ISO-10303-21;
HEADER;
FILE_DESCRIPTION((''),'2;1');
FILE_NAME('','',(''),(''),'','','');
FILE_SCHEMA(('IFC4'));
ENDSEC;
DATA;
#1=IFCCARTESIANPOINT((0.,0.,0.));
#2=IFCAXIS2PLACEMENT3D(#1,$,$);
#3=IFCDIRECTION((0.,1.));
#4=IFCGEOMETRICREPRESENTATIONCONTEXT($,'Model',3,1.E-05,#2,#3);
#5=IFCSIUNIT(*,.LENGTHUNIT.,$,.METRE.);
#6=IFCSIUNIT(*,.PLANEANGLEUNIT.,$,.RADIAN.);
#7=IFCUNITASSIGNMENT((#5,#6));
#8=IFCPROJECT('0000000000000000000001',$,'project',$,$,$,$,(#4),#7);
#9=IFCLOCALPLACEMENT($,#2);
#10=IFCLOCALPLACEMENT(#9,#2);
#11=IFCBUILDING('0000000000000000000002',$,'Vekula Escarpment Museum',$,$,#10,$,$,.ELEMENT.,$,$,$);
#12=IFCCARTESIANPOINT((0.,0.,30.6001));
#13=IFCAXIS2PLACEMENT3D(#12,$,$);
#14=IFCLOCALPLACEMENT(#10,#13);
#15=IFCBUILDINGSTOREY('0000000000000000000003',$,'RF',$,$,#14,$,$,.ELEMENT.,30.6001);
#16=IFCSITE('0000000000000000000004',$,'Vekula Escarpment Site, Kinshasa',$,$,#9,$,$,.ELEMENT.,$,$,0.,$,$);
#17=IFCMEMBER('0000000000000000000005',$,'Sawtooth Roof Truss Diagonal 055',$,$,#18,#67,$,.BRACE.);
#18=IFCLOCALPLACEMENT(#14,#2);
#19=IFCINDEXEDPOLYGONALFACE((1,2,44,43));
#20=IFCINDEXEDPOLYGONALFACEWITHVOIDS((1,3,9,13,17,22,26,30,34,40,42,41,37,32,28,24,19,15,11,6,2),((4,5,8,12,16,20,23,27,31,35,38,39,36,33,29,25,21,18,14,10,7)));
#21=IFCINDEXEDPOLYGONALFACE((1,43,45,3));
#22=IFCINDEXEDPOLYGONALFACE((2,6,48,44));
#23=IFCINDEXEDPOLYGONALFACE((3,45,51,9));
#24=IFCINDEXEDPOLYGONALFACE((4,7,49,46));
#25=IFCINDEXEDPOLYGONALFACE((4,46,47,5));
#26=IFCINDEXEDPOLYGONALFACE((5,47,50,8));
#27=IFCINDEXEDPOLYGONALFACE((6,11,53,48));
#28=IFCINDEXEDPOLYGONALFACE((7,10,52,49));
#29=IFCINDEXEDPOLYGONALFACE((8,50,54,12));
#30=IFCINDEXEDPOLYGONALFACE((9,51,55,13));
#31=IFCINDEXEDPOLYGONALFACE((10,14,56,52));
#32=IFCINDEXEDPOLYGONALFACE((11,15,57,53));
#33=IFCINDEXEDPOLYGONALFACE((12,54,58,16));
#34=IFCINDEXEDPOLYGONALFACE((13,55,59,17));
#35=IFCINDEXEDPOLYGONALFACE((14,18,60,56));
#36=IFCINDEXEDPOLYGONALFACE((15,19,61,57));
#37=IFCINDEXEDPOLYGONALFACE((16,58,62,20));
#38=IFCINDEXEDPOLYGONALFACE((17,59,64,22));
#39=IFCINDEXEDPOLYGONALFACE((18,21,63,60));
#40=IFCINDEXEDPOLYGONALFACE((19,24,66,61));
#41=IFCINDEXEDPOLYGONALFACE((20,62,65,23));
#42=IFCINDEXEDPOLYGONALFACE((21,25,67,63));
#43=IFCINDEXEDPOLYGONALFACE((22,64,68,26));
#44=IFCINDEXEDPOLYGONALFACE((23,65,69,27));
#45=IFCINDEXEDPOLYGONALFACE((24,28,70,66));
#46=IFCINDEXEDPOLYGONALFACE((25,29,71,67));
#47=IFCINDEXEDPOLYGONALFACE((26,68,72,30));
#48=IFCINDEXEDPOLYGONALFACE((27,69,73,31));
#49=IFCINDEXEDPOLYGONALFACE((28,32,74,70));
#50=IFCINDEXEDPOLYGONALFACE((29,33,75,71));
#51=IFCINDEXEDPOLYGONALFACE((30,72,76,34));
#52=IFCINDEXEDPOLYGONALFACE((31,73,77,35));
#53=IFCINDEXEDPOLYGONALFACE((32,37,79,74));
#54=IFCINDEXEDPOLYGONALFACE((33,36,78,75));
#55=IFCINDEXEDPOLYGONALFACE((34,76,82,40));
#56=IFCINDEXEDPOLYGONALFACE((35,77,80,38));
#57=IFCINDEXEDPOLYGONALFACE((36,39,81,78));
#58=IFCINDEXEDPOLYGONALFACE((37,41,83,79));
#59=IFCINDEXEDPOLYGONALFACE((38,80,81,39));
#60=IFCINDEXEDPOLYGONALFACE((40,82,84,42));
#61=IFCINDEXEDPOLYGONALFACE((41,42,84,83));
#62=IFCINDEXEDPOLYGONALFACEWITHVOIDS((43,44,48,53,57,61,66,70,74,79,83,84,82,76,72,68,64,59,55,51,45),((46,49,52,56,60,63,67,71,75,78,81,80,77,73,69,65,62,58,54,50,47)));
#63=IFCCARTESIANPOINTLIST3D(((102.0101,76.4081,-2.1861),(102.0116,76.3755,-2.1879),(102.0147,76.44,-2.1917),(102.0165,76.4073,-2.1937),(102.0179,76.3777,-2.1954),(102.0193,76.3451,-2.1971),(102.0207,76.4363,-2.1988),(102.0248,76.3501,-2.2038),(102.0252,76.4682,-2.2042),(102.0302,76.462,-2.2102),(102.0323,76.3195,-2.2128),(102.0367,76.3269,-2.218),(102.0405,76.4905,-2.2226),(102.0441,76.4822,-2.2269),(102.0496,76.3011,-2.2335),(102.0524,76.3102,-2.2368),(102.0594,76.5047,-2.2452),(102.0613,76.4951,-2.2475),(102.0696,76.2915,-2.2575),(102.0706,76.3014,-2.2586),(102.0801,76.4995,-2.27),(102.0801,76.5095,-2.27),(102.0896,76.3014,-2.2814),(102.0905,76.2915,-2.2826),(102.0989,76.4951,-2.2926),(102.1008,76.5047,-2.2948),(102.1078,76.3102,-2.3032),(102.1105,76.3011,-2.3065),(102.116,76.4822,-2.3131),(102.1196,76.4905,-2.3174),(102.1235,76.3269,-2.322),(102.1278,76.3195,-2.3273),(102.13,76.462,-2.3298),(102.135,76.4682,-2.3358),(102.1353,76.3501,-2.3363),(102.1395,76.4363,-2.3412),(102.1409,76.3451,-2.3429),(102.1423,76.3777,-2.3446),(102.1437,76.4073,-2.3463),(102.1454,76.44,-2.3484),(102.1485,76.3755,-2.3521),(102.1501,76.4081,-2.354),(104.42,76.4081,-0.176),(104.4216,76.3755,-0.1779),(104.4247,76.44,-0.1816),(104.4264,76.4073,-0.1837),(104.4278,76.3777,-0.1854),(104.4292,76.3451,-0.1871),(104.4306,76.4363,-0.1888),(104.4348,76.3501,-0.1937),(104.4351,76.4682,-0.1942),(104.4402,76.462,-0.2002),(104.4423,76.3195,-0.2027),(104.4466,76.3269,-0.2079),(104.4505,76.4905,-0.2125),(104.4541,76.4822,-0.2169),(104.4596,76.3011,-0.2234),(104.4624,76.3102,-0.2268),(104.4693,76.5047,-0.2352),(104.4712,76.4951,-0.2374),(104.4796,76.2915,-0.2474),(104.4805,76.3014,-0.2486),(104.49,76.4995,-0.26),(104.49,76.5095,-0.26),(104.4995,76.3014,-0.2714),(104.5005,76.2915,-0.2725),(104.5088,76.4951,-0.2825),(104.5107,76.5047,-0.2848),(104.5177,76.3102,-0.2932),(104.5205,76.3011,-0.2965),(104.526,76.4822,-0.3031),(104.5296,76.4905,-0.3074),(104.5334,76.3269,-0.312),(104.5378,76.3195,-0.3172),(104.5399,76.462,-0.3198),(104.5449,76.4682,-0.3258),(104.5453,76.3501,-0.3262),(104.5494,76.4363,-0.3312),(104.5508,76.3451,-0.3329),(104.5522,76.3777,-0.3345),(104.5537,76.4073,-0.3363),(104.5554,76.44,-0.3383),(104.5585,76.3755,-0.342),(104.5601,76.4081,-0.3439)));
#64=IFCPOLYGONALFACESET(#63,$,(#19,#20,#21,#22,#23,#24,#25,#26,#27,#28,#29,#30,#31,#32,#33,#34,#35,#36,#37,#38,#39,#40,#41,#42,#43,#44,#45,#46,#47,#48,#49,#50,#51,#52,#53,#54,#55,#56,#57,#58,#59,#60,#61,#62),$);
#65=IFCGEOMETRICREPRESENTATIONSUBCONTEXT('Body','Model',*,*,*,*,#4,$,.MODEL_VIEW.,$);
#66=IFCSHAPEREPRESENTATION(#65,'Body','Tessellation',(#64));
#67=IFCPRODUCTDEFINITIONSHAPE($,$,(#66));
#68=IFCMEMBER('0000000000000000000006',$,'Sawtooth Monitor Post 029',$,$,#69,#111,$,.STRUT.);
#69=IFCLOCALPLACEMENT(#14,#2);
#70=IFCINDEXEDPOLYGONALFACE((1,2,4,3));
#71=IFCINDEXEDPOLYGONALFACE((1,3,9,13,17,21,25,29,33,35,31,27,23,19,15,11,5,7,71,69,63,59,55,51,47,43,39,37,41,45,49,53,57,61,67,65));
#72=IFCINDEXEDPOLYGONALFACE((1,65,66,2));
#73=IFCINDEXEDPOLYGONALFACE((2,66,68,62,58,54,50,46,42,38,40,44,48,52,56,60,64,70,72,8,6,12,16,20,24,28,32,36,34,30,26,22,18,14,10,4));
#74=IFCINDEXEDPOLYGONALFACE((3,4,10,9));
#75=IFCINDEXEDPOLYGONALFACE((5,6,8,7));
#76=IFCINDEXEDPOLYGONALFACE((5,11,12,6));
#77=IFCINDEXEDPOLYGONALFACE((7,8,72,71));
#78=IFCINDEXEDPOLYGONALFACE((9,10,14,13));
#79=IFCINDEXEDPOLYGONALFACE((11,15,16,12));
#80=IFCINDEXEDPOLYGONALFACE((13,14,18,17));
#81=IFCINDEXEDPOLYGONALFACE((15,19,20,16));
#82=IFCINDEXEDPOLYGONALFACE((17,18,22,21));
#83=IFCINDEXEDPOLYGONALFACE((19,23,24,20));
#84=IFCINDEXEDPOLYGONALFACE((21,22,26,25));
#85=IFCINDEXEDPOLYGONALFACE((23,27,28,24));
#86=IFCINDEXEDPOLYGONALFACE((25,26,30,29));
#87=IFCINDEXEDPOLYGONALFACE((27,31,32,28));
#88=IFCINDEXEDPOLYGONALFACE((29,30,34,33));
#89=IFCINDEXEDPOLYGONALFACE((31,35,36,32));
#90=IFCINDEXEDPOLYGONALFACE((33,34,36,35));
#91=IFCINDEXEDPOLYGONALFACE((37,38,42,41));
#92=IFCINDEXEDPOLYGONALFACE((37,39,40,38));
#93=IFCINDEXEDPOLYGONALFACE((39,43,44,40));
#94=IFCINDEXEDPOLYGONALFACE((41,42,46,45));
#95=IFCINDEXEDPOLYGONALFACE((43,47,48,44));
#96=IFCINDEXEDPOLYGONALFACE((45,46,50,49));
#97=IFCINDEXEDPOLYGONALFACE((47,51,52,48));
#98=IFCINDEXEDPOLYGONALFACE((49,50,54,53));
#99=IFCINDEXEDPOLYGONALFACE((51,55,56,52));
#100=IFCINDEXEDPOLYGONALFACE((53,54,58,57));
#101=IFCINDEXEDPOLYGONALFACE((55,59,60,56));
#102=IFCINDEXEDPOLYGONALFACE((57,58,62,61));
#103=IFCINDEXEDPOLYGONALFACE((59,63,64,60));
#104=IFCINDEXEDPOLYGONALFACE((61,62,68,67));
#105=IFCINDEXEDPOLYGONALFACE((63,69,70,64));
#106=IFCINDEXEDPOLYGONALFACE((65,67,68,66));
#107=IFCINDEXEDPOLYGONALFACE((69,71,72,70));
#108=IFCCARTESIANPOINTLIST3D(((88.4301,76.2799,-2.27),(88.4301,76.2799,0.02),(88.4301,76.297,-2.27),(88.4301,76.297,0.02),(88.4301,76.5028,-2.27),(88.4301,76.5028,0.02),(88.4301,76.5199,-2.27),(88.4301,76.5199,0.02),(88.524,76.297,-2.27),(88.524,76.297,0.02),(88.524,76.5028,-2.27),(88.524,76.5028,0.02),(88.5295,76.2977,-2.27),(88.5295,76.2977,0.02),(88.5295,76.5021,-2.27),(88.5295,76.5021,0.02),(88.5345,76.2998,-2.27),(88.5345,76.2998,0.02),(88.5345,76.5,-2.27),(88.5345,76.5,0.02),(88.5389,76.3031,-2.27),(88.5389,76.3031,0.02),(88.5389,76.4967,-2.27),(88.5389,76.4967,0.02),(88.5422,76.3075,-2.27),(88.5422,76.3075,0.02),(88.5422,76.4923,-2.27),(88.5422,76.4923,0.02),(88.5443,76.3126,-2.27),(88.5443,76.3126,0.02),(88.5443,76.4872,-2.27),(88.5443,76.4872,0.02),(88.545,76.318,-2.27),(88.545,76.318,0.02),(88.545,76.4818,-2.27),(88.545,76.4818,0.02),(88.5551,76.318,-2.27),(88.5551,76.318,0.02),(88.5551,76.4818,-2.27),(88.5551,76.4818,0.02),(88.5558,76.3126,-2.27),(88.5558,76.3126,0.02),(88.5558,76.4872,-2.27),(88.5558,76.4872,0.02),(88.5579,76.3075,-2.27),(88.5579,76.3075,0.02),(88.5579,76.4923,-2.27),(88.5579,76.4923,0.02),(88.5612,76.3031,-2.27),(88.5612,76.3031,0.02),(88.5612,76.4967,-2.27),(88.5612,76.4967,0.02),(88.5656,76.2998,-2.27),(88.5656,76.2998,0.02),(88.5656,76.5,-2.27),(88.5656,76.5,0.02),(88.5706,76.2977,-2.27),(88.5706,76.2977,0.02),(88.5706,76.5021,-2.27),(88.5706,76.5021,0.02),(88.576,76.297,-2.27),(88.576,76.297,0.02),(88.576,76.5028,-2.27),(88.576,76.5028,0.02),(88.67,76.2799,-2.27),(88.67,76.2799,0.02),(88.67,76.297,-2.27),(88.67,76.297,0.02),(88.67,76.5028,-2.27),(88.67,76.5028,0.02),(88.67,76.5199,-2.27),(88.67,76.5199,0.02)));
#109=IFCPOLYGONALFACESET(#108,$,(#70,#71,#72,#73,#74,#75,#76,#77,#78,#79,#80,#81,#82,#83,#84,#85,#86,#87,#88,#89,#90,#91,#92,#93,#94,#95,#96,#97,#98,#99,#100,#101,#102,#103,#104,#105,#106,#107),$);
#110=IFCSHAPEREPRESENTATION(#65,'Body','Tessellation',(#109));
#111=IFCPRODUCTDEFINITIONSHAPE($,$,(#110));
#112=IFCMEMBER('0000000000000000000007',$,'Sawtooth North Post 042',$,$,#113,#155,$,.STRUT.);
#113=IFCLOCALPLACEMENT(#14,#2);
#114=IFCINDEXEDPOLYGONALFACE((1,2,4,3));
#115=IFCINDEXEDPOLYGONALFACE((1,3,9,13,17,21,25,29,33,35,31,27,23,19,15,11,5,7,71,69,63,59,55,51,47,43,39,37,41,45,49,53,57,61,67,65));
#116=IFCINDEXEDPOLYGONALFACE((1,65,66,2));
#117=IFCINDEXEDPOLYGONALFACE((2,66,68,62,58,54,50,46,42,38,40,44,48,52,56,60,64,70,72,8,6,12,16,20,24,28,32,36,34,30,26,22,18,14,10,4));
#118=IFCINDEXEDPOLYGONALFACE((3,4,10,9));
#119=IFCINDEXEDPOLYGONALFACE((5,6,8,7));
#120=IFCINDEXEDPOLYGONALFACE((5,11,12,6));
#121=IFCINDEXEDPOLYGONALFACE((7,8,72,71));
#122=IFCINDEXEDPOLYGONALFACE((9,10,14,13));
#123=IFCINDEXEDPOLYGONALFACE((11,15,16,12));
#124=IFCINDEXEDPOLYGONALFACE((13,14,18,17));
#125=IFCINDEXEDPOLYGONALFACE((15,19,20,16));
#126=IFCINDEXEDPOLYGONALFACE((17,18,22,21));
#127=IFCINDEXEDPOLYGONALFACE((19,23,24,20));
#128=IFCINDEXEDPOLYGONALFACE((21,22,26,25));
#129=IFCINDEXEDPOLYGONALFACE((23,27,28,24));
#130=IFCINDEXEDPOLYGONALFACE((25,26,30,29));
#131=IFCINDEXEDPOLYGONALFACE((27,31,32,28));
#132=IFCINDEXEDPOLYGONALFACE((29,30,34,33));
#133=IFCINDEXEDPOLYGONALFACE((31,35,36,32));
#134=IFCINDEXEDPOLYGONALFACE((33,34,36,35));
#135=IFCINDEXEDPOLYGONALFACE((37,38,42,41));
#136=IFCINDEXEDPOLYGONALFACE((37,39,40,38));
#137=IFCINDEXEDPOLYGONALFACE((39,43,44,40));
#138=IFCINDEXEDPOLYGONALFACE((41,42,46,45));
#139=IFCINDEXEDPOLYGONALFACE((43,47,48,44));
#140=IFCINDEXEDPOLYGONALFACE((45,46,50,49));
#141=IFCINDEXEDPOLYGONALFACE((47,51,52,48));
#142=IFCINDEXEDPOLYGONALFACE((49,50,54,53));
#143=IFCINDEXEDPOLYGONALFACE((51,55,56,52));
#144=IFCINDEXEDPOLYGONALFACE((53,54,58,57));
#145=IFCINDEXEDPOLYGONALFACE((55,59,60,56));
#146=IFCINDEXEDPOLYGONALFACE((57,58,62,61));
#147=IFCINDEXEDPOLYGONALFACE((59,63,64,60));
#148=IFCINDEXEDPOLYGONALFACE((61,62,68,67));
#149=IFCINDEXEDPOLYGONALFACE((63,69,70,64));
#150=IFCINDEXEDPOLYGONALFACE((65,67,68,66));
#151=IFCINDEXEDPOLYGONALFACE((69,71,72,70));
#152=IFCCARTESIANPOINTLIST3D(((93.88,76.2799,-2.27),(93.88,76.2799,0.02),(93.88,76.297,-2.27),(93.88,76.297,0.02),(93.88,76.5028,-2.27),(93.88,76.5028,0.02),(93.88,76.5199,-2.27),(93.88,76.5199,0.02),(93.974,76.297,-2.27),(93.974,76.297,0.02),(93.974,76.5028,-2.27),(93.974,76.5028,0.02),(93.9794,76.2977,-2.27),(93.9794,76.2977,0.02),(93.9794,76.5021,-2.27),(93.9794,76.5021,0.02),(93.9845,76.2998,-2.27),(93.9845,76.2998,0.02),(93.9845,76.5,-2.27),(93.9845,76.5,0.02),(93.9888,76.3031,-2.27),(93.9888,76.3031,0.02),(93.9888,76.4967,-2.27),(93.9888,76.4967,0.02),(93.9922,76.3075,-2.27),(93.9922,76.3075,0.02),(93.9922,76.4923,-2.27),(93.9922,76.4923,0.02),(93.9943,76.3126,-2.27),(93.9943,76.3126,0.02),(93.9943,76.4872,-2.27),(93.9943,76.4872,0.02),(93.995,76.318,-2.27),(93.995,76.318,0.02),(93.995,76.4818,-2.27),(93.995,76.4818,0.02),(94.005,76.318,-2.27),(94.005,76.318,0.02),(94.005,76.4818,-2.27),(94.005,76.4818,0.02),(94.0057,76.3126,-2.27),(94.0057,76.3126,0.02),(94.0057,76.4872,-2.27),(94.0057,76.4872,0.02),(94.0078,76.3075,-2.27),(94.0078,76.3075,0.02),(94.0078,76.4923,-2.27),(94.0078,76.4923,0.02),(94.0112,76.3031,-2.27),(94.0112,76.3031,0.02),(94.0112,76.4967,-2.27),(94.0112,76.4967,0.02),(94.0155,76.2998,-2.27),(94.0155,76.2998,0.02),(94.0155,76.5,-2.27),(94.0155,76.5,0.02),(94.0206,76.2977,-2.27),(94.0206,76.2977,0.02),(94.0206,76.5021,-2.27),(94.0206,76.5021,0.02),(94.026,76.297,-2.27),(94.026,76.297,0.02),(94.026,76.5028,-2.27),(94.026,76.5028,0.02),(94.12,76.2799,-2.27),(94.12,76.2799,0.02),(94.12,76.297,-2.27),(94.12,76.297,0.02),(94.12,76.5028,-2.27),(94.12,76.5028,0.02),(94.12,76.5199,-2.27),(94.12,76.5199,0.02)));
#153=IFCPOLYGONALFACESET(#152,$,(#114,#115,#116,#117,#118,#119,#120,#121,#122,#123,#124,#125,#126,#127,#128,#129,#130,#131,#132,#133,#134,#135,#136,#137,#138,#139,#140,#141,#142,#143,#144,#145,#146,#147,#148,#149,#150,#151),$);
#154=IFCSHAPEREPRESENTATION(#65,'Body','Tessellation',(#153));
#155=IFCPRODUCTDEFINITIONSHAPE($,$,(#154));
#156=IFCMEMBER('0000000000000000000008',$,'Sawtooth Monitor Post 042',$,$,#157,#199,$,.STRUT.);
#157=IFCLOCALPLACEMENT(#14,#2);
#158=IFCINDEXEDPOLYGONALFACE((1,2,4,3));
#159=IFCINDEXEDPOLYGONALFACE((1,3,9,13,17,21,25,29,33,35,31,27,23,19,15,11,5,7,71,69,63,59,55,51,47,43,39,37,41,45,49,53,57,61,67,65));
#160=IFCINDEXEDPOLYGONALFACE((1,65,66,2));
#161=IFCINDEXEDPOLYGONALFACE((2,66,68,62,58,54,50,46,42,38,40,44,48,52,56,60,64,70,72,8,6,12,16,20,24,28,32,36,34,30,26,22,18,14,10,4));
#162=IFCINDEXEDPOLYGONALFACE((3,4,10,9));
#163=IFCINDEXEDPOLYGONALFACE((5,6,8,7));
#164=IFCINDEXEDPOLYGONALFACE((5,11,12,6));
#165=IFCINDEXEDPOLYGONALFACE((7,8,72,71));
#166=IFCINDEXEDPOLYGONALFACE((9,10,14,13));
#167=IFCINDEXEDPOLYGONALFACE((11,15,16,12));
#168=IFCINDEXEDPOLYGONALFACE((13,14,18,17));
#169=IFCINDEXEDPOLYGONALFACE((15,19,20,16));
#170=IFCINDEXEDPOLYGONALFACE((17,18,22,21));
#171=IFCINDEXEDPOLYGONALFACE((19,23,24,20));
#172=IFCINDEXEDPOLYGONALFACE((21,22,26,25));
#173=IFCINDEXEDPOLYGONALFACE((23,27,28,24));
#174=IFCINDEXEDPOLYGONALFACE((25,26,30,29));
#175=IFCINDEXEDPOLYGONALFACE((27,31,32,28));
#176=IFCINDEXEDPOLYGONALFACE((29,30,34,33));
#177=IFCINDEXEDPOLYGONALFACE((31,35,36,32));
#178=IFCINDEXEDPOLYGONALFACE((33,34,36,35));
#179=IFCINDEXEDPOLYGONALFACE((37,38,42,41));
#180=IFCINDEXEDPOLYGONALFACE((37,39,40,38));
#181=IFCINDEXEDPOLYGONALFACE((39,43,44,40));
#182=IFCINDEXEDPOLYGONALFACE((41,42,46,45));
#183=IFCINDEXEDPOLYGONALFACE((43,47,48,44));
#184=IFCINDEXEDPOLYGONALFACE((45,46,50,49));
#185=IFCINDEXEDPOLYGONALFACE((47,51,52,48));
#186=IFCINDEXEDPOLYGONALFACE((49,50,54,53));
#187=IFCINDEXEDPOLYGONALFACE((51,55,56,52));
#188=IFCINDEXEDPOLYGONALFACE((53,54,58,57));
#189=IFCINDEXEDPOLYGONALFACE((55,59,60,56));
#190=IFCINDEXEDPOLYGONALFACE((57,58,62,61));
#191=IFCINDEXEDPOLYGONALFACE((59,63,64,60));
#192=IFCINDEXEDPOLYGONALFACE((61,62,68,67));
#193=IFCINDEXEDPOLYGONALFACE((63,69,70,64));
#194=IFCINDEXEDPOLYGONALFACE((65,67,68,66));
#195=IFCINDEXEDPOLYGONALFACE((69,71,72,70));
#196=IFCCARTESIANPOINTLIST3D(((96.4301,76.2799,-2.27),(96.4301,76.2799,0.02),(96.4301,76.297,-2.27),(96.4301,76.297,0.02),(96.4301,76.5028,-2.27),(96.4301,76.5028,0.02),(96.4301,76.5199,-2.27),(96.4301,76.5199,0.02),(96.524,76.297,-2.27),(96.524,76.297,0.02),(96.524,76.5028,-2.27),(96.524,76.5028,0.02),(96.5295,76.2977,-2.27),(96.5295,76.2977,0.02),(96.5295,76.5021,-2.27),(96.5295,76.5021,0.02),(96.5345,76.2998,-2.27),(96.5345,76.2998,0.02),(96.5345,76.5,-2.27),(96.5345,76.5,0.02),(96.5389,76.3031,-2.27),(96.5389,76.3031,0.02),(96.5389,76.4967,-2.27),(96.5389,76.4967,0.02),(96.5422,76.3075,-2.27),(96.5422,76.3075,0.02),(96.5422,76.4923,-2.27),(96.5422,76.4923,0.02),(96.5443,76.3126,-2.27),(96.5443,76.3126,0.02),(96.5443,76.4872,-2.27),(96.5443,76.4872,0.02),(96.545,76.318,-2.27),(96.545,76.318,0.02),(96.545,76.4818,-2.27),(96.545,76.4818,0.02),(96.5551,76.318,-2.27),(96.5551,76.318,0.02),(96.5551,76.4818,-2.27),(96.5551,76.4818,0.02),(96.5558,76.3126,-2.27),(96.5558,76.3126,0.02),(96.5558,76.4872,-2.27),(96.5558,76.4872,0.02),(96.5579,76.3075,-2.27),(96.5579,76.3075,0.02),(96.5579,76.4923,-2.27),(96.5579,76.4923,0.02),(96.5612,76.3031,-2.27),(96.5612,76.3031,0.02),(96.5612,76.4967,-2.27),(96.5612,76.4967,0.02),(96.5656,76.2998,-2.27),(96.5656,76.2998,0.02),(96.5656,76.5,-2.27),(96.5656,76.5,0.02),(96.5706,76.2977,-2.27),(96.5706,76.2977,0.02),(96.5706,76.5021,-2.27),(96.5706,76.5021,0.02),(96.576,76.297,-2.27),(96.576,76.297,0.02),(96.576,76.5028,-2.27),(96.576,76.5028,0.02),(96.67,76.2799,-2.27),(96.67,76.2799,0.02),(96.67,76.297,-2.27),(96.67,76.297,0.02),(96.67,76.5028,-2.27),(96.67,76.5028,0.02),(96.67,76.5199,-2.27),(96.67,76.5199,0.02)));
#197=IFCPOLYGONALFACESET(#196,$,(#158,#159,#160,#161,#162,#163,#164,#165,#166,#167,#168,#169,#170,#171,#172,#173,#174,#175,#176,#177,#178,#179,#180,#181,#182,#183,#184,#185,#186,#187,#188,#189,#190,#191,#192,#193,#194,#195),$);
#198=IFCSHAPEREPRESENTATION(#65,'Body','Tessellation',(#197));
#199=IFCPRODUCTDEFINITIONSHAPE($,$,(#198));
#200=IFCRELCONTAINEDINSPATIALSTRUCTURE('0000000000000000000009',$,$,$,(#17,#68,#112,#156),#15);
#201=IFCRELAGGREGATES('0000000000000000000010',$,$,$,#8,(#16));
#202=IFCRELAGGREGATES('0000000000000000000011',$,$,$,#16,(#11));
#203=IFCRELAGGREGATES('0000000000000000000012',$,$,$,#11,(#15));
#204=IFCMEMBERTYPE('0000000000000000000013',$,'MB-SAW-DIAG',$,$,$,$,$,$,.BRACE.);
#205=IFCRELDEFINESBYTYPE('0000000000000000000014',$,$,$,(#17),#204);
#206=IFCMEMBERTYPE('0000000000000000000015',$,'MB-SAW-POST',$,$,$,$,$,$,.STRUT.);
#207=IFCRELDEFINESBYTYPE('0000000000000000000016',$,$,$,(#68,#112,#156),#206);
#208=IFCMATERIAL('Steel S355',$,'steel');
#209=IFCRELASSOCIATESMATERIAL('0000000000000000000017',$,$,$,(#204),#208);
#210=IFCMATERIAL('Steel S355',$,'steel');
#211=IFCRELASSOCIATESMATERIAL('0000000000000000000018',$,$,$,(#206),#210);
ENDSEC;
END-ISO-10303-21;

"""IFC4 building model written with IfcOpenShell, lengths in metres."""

from ifc_helpers import new_model, si_unit, direction, frame, origin, origin_2d, place, context, subcontext, project, spatial, hollow_circle, i_section, extrude, material, material_profile, profile_set, type_object, element, save


model = new_model("IFC4")

# Units and contexts
model_context = context("Model", 3, precision=1e-05, world=origin(), true_north=direction((0.0, 1.0)))
body_context = subcontext(model_context, "Body", "Model", "MODEL_VIEW")
ifc_project = project(units=[si_unit("LENGTHUNIT", "METRE"), si_unit("PLANEANGLEUNIT", "RADIAN")], contexts=[model_context])

# Site, building, storey
site_placement = place(None, origin())
site = spatial("IfcSite", under=ifc_project, at=site_placement, Name="Vekula Escarpment Site, Kinshasa", CompositionType="ELEMENT", RefElevation=0.0)
building_placement = place(site_placement, origin())
building = spatial("IfcBuilding", under=site, at=building_placement, Name="Vekula Escarpment Museum", CompositionType="ELEMENT")
storey_placement = place(building_placement, frame((0.0, 0.0, 30.6001)))
storey = spatial("IfcBuildingStorey", under=building, at=storey_placement, Name="RF", CompositionType="ELEMENT", Elevation=30.6001)

# Members
ifc_material_1 = material(Name="Steel S355", Category="steel")
ifc_material_profile_1 = material_profile(ifc_material_1, hollow_circle(Radius=0.1096, WallThickness=0.01, at=origin_2d()), Name="CHS 219.1x10")
ifc_profile_set_1 = profile_set([ifc_material_profile_1], Name="Steel S355")
member_type_1 = type_object("IfcMemberType", Name="MB-SAW-DIAG", PredefinedType="BRACE", material=ifc_profile_set_1)
for number, where, z_axis, x_axis, name in (
    (1, (102.0801, 76.3999, -2.27), (0.767947, 0.0, 0.640513), (0.0, 1.0, 0.0), "Sawtooth Roof Truss Diagonal 055"),
):
    element("IfcMember", number, at=place(storey_placement, frame(where, z_axis=z_axis, x_axis=x_axis)), inside=storey, type_object=member_type_1, Name=name, PredefinedType="BRACE", context=body_context, shape_type="SweptSolid", body=[
        extrude(hollow_circle(Radius=0.1096, WallThickness=0.01, at=origin_2d()), origin(), (0.0, 0.0, 1.0), 3.1382),
    ])
ifc_material_2 = material(Name="Steel S355", Category="steel")
ifc_material_profile_2 = material_profile(ifc_material_2, i_section(OverallWidth=0.24, OverallDepth=0.24, WebThickness=0.01, FlangeThickness=0.0171, FilletRadius=0.021, at=origin_2d()), Name="HEB 240")
ifc_profile_set_2 = profile_set([ifc_material_profile_2], Name="Steel S355")
member_type_2 = type_object("IfcMemberType", Name="MB-SAW-POST", PredefinedType="STRUT", material=ifc_profile_set_2)
for number, where, z_axis, x_axis, name in (
    (2, (88.55, 76.3999, -2.27), (0.0, 0.0, 1.0), (1.0, 0.0, 0.0), "Sawtooth Monitor Post 029"),
    (3, (94.0, 76.3999, -2.27), (0.0, 0.0, 1.0), (1.0, 0.0, 0.0), "Sawtooth North Post 042"),
    (4, (96.55, 76.3999, -2.27), (0.0, 0.0, 1.0), (1.0, 0.0, 0.0), "Sawtooth Monitor Post 042"),
):
    element("IfcMember", number, at=place(storey_placement, frame(where, z_axis=z_axis, x_axis=x_axis)), inside=storey, type_object=member_type_2, Name=name, PredefinedType="STRUT", context=body_context, shape_type="SweptSolid", body=[
        extrude(i_section(OverallWidth=0.24, OverallDepth=0.24, WebThickness=0.01, FlangeThickness=0.0171, FilletRadius=0.021, at=origin_2d()), origin(), (0.0, 0.0, 1.0), 2.29),
    ])

save(model, "model.ifc")
